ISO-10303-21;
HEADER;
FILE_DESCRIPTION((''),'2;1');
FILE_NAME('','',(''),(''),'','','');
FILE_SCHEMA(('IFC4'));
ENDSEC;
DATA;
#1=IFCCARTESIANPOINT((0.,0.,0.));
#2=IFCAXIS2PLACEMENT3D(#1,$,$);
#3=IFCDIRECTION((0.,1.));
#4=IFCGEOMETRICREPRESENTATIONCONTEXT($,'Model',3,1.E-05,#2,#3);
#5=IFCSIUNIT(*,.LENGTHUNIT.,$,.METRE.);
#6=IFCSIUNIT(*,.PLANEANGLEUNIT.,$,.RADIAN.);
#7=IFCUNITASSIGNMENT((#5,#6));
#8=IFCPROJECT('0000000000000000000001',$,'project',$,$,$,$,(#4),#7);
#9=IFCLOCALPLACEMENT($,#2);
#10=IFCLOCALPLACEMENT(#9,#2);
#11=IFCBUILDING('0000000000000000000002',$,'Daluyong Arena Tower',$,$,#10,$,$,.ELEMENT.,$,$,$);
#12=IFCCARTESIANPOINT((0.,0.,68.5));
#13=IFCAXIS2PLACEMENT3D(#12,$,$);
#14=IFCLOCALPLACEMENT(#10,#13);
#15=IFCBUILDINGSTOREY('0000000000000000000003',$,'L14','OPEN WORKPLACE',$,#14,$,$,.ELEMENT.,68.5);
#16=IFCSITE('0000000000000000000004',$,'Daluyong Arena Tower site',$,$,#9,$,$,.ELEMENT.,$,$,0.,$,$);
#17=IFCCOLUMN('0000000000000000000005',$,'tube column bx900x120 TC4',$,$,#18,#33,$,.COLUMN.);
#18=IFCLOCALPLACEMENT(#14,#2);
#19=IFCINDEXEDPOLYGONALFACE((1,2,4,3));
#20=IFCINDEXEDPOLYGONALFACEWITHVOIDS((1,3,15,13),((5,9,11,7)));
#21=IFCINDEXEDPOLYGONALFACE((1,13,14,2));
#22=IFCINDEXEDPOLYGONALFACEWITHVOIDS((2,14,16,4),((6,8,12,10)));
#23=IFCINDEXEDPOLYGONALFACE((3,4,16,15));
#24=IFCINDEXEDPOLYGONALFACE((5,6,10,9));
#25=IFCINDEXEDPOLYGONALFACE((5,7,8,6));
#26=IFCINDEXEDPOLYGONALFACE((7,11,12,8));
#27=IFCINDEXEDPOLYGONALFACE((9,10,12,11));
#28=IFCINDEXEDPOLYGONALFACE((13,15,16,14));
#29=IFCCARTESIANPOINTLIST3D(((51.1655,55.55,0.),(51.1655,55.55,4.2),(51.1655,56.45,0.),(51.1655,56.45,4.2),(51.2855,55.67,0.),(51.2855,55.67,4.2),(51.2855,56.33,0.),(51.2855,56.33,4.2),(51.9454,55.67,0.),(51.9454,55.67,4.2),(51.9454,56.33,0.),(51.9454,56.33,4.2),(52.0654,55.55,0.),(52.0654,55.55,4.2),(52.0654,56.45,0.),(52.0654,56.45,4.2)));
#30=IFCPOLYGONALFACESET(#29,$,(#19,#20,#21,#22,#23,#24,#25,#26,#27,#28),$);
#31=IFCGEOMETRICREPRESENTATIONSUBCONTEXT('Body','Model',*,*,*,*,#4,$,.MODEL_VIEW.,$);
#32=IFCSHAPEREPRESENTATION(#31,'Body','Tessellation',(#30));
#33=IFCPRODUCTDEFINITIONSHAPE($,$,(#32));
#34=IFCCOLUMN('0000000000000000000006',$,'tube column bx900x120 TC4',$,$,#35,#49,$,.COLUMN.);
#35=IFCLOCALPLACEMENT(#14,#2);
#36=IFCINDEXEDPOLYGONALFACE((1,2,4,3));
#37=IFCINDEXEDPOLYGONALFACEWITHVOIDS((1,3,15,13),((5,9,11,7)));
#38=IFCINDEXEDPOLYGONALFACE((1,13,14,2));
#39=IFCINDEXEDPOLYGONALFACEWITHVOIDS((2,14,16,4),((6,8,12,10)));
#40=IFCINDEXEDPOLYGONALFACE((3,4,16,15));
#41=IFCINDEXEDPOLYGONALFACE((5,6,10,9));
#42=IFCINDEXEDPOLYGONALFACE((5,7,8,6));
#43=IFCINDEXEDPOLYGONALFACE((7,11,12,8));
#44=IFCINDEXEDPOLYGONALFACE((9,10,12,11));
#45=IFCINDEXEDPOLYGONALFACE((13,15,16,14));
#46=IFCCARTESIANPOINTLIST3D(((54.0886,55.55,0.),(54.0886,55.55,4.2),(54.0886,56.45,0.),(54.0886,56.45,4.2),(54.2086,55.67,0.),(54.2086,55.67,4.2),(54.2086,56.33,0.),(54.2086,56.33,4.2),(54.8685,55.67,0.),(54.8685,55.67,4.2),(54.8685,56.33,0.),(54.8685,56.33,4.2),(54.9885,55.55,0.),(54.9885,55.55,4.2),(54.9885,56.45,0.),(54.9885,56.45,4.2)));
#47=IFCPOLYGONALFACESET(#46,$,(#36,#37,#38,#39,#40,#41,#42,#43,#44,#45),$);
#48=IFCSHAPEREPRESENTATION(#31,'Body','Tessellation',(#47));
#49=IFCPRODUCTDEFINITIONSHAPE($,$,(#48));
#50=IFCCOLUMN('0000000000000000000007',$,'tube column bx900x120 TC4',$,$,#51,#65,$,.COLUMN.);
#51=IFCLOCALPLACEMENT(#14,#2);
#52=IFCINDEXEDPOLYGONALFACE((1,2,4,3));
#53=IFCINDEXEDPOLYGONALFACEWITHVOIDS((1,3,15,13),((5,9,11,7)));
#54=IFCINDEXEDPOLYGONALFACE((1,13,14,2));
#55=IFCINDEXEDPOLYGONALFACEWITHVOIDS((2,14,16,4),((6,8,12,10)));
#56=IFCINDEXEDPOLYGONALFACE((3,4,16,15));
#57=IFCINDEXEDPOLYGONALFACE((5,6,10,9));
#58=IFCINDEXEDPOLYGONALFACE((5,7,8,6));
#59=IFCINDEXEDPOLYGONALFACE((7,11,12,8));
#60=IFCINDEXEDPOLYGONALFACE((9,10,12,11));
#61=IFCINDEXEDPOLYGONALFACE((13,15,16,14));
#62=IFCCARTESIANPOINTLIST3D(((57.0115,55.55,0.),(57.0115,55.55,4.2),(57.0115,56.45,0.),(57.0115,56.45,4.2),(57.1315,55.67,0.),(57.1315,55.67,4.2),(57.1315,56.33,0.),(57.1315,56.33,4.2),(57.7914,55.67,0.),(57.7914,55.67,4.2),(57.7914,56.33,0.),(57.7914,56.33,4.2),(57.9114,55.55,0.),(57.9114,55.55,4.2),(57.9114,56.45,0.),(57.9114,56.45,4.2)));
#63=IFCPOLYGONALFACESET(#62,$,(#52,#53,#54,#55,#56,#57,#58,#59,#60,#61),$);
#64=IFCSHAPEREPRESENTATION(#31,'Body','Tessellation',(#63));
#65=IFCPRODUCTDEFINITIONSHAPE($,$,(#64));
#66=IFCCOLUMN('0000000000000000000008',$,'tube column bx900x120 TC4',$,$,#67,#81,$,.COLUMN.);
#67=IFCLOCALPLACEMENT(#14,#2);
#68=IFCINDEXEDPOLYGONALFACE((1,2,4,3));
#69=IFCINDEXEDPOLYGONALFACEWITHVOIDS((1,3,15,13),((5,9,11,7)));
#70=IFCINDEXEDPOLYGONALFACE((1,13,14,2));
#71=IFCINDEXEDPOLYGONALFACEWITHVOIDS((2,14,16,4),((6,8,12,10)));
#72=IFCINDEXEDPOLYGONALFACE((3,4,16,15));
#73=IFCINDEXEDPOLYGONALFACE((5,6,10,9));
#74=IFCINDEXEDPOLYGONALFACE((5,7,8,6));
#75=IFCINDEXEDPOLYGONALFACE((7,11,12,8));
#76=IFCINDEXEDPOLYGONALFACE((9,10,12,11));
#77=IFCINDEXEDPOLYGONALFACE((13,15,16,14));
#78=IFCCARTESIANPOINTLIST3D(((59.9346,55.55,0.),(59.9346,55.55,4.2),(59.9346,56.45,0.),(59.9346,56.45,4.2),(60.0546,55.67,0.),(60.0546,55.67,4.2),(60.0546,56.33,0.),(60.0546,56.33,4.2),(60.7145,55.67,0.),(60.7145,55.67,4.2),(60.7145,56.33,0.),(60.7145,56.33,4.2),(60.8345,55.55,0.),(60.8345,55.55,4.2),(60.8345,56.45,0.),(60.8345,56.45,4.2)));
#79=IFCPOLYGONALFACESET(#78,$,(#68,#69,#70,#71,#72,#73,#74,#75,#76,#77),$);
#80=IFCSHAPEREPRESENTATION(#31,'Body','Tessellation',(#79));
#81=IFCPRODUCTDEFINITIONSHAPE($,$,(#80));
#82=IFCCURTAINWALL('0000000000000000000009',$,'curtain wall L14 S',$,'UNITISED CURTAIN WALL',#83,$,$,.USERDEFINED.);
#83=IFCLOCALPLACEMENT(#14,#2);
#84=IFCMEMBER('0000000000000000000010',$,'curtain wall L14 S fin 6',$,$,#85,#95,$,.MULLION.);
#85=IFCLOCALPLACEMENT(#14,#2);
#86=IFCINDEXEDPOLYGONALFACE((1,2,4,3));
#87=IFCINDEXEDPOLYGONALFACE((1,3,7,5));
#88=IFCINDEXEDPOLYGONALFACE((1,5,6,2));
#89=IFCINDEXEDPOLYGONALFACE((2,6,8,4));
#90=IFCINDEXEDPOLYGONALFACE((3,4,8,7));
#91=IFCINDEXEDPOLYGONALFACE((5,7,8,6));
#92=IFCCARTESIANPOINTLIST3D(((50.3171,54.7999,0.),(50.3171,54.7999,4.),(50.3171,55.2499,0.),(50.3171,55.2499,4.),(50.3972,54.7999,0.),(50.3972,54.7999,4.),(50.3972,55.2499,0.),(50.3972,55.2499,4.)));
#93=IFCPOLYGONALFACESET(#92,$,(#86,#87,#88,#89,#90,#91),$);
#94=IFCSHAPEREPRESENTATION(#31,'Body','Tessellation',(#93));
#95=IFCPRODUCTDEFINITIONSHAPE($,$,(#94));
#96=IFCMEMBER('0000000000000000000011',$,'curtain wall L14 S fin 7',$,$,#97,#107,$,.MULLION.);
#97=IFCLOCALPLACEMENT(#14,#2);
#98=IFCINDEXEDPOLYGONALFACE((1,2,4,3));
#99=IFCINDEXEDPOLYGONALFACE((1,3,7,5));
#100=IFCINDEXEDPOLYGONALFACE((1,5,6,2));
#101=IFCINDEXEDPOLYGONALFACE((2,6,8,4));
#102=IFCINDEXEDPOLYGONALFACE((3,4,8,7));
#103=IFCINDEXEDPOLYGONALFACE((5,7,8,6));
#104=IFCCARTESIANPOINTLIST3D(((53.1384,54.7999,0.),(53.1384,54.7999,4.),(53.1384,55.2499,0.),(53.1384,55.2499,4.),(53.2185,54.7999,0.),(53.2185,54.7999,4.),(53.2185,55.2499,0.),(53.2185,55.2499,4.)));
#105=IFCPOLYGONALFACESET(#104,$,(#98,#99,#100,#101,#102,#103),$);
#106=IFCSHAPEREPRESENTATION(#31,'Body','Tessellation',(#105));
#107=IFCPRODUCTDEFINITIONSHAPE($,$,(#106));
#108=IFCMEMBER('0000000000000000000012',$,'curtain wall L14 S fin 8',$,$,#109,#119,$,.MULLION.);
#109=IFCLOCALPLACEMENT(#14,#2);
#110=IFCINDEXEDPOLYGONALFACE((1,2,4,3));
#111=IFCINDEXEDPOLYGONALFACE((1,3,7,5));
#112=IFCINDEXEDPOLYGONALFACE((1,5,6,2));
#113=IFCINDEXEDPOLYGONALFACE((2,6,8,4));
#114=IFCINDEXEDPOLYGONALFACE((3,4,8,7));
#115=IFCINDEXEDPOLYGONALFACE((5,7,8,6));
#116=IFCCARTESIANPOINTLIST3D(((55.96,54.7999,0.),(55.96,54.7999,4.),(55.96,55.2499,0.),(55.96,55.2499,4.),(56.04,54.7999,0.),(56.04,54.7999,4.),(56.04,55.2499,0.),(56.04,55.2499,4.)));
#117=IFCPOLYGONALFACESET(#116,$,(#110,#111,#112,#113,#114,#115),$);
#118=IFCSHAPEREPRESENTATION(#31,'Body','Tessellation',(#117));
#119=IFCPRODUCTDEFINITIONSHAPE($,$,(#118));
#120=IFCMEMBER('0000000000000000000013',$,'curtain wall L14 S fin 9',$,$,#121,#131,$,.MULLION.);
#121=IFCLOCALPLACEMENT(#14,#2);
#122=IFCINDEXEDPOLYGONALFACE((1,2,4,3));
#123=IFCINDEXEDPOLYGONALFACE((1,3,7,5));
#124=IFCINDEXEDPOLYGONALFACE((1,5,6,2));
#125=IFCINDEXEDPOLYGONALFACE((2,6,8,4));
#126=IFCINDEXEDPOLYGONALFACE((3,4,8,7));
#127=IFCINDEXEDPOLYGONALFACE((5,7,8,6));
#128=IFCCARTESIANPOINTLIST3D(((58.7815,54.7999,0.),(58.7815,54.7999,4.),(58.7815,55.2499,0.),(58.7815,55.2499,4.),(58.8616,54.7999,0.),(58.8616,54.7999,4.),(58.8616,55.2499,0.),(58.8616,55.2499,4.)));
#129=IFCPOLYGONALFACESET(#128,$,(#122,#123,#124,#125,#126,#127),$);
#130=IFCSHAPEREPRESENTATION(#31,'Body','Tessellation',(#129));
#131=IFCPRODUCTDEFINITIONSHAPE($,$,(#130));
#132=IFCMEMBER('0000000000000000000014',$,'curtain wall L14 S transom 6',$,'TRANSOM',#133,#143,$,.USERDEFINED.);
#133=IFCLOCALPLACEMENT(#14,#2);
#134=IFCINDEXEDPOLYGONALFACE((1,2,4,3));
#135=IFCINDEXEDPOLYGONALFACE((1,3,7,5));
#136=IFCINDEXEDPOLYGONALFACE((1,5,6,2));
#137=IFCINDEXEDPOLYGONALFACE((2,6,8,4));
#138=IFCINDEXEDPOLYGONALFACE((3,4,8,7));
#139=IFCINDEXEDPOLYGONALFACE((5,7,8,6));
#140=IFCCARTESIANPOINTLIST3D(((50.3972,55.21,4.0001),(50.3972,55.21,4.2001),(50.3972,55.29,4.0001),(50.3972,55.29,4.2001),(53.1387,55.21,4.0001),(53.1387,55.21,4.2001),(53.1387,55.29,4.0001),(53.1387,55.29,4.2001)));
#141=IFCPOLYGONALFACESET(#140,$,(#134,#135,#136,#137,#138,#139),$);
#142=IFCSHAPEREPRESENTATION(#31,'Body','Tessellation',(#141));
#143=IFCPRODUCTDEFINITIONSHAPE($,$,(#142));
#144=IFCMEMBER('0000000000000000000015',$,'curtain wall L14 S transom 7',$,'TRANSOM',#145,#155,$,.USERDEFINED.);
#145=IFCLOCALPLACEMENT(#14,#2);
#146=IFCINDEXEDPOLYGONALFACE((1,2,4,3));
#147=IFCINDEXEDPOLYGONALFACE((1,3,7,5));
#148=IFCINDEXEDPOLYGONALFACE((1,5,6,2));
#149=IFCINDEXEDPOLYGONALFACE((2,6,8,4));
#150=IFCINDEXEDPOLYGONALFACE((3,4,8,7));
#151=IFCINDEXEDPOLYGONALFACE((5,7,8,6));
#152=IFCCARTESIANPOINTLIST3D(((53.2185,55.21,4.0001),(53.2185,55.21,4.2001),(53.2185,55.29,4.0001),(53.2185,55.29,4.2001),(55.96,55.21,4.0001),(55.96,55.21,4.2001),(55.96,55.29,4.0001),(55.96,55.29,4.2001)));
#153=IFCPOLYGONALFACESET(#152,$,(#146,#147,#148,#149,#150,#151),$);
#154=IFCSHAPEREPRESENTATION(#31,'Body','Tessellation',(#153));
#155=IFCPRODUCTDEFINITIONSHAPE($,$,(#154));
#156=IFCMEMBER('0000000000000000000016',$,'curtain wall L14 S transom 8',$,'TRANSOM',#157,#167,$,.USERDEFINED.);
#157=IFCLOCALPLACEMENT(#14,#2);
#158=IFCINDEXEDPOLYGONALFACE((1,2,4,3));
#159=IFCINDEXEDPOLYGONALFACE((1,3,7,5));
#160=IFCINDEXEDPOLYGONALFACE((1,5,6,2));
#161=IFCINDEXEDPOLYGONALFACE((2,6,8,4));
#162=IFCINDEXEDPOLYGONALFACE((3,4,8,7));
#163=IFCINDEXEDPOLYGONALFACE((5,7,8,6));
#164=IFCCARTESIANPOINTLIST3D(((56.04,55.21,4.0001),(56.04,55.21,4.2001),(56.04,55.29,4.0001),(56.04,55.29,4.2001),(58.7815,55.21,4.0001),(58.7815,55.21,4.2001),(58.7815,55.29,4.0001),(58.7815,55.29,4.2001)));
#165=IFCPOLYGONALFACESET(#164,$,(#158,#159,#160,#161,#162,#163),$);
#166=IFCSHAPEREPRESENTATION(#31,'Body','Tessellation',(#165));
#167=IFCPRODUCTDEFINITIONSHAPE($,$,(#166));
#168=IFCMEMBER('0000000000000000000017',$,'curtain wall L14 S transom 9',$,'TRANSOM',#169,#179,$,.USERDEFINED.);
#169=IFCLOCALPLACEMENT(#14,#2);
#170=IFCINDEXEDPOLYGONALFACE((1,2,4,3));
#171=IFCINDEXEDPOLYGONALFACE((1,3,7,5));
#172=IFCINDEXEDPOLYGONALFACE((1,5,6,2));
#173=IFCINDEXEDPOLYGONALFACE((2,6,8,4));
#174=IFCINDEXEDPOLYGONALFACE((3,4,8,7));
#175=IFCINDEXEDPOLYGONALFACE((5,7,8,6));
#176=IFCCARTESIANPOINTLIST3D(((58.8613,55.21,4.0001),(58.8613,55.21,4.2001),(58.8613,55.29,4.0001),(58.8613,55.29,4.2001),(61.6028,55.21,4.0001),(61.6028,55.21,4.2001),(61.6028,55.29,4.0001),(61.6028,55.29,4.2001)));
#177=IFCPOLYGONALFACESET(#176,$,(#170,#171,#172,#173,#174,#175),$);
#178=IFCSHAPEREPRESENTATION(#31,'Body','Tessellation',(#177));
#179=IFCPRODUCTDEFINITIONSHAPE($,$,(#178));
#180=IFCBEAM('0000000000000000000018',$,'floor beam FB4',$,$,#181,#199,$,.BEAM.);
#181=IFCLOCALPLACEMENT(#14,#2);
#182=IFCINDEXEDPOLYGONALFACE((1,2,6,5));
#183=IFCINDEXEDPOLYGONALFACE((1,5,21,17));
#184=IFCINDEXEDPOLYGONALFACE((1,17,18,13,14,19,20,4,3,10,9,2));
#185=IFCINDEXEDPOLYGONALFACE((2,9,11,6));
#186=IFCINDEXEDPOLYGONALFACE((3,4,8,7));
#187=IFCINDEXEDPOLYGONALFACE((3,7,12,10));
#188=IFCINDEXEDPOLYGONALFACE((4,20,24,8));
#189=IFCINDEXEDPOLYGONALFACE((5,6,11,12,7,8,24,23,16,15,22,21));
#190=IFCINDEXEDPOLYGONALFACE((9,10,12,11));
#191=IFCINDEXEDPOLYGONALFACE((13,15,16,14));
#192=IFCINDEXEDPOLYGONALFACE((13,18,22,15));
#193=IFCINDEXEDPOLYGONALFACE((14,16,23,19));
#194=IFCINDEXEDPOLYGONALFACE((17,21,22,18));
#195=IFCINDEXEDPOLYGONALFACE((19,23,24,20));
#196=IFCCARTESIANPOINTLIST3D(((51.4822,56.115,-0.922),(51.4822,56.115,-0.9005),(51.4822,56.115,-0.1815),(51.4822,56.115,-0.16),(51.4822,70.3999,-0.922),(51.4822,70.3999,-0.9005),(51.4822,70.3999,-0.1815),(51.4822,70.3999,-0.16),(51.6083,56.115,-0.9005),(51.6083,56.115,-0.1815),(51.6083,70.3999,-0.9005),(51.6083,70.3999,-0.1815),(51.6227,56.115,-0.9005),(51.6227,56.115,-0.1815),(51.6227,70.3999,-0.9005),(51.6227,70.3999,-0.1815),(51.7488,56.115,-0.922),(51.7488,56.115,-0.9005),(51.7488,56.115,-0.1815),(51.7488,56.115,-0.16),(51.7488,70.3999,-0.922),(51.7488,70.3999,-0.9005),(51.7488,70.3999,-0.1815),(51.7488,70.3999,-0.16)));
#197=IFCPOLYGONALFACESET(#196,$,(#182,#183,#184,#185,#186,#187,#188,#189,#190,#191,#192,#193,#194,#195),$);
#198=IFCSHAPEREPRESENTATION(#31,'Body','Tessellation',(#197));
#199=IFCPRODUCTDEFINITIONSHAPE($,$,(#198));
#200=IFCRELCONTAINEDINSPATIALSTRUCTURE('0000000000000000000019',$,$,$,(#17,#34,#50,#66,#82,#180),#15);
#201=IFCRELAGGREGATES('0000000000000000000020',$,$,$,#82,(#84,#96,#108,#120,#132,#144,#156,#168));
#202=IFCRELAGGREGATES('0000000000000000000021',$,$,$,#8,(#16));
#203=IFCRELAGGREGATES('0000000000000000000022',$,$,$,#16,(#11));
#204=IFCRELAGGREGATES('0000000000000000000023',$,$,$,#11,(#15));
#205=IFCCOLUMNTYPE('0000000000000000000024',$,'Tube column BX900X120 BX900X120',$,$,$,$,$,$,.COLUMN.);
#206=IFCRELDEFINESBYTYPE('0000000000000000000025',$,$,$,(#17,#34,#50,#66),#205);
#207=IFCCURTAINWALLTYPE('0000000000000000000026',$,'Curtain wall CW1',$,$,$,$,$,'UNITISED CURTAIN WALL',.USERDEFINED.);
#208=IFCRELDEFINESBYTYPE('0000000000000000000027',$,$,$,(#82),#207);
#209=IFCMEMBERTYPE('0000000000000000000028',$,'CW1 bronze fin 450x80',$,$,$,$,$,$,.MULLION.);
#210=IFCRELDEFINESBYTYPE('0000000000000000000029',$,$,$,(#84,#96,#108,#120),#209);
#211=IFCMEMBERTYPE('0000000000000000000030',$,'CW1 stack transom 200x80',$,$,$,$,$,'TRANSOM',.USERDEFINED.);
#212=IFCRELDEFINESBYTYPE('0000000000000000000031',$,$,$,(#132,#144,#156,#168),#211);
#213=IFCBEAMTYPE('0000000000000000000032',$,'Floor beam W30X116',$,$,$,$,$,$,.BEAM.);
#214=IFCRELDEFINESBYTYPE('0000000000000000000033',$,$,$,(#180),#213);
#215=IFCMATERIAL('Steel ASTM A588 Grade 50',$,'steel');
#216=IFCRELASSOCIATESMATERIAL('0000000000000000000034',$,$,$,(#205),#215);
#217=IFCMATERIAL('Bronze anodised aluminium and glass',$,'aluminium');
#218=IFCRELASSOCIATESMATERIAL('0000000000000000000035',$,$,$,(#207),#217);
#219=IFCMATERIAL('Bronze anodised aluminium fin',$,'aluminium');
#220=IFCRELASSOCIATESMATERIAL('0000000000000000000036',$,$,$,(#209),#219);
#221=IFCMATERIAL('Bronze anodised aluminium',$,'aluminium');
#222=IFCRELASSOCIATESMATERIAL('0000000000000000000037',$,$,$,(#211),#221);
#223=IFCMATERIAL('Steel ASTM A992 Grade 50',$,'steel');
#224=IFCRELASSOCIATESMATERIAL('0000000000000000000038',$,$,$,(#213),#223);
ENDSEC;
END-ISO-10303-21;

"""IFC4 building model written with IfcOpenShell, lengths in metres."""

from ifc_helpers import new_model, si_unit, direction, frame, origin, origin_2d, place, context, subcontext, project, spatial, rectangle, hollow_rectangle, i_section, extrude, material, material_profile, profile_set, type_object, element, aggregate, save


model = new_model("IFC4")

# Units and contexts
model_context = context("Model", 3, precision=1e-05, world=origin(), true_north=direction((0.0, 1.0)))
body_context = subcontext(model_context, "Body", "Model", "MODEL_VIEW")
ifc_project = project(units=[si_unit("LENGTHUNIT", "METRE"), si_unit("PLANEANGLEUNIT", "RADIAN")], contexts=[model_context])

# Site, building, storey
site_placement = place(None, origin())
site = spatial("IfcSite", under=ifc_project, at=site_placement, Name="Daluyong Arena Tower site", CompositionType="ELEMENT", RefElevation=0.0)
building_placement = place(site_placement, origin())
building = spatial("IfcBuilding", under=site, at=building_placement, Name="Daluyong Arena Tower", CompositionType="ELEMENT")
storey_placement = place(building_placement, frame((0.0, 0.0, 68.5)))
storey = spatial("IfcBuildingStorey", under=building, at=storey_placement, Name="L14", Description="OPEN WORKPLACE", CompositionType="ELEMENT", Elevation=68.5)

# Columns
ifc_material_1 = material(Name="Steel ASTM A588 Grade 50", Category="steel")
ifc_material_profile_1 = material_profile(ifc_material_1, hollow_rectangle(XDim=0.8999, YDim=0.8999, WallThickness=0.12, at=origin_2d()))
ifc_profile_set_1 = profile_set([ifc_material_profile_1], Name="Steel ASTM A588 Grade 50")
column_type = type_object("IfcColumnType", Name="Tube column BX900X120 BX900X120", PredefinedType="COLUMN", material=ifc_profile_set_1)
for number, where, z_axis, x_axis, name in (
    (1, (51.6155, 56.0, 0.0), (0.0, 0.0, 1.0), (1.0, 0.0, 0.0), "tube column bx900x120 TC4"),
    (2, (54.5386, 56.0, 0.0), (0.0, 0.0, 1.0), (1.0, 0.0, 0.0), "tube column bx900x120 TC4"),
    (3, (57.4614, 56.0, 0.0), (0.0, 0.0, 1.0), (1.0, 0.0, 0.0), "tube column bx900x120 TC4"),
    (4, (60.3845, 56.0, 0.0), (0.0, 0.0, 1.0), (1.0, 0.0, 0.0), "tube column bx900x120 TC4"),
):
    element("IfcColumn", number, at=place(storey_placement, frame(where, z_axis=z_axis, x_axis=x_axis)), inside=storey, type_object=column_type, Name=name, PredefinedType="COLUMN", context=body_context, shape_type="SweptSolid", body=[
        extrude(hollow_rectangle(XDim=0.8999, YDim=0.8999, WallThickness=0.12, at=origin_2d()), origin(), (0.0, 0.0, 1.0), 4.2),
    ])

# Curtain wall, members
ifc_material_2 = material(Name="Bronze anodised aluminium and glass", Category="aluminium")
curtain_wall_type = type_object("IfcCurtainWallType", Name="Curtain wall CW1", ElementType="UNITISED CURTAIN WALL", PredefinedType="USERDEFINED", material=ifc_material_2)
curtain_wall_placement = place(storey_placement, origin())
curtain_wall = element("IfcCurtainWall", 5, at=curtain_wall_placement, inside=storey, type_object=curtain_wall_type, Name="curtain wall L14 S", ObjectType="UNITISED CURTAIN WALL", PredefinedType="USERDEFINED")
ifc_material_3 = material(Name="Bronze anodised aluminium fin", Category="aluminium")
ifc_material_profile_2 = material_profile(ifc_material_3, rectangle(XDim=0.45, YDim=0.0801, at=origin_2d()))
ifc_profile_set_2 = profile_set([ifc_material_profile_2], Name="Bronze anodised aluminium fin")
member_type_1 = type_object("IfcMemberType", Name="CW1 bronze fin 450x80", PredefinedType="MULLION", material=ifc_profile_set_2)
member_1_placement = place(storey_placement, frame((50.3572, 55.0249, 0.0), z_axis=(0.0, 0.0, 1.0), x_axis=(0.0, 1.0, 0.0)))
member_1 = element("IfcMember", 6, at=member_1_placement, type_object=member_type_1, Name="curtain wall L14 S fin 6", PredefinedType="MULLION", context=body_context, shape_type="SweptSolid", body=[
    extrude(rectangle(XDim=0.45, YDim=0.0801, at=origin_2d()), origin(), (0.0, 0.0, 1.0), 4.0),
])
member_2_placement = place(storey_placement, frame((53.1785, 55.0249, 0.0), z_axis=(0.0, 0.0, 1.0), x_axis=(0.0, 1.0, 0.0)))
member_2 = element("IfcMember", 7, at=member_2_placement, type_object=member_type_1, Name="curtain wall L14 S fin 7", PredefinedType="MULLION", context=body_context, shape_type="SweptSolid", body=[
    extrude(rectangle(XDim=0.45, YDim=0.0801, at=origin_2d()), origin(), (0.0, 0.0, 1.0), 4.0),
])
member_3_placement = place(storey_placement, frame((56.0, 55.0249, 0.0), z_axis=(0.0, 0.0, 1.0), x_axis=(0.0, 1.0, 0.0)))
member_3 = element("IfcMember", 8, at=member_3_placement, type_object=member_type_1, Name="curtain wall L14 S fin 8", PredefinedType="MULLION", context=body_context, shape_type="SweptSolid", body=[
    extrude(rectangle(XDim=0.45, YDim=0.0801, at=origin_2d()), origin(), (0.0, 0.0, 1.0), 4.0),
])
member_4_placement = place(storey_placement, frame((58.8215, 55.0249, 0.0), z_axis=(0.0, 0.0, 1.0), x_axis=(0.0, 1.0, 0.0)))
member_4 = element("IfcMember", 9, at=member_4_placement, type_object=member_type_1, Name="curtain wall L14 S fin 9", PredefinedType="MULLION", context=body_context, shape_type="SweptSolid", body=[
    extrude(rectangle(XDim=0.45, YDim=0.0801, at=origin_2d()), origin(), (0.0, 0.0, 1.0), 4.0),
])
ifc_material_4 = material(Name="Bronze anodised aluminium", Category="aluminium")
ifc_material_profile_3 = material_profile(ifc_material_4, rectangle(XDim=0.0801, YDim=0.2, at=origin_2d()))
ifc_profile_set_3 = profile_set([ifc_material_profile_3], Name="Bronze anodised aluminium")
member_type_2 = type_object("IfcMemberType", Name="CW1 stack transom 200x80", ElementType="TRANSOM", PredefinedType="USERDEFINED", material=ifc_profile_set_3)
member_5_placement = place(storey_placement, frame((50.3972, 55.25, 4.1001), z_axis=(1.0, 0.0, 0.0), x_axis=(0.0, 1.0, 0.0)))
member_5 = element("IfcMember", 10, at=member_5_placement, type_object=member_type_2, Name="curtain wall L14 S transom 6", ObjectType="TRANSOM", PredefinedType="USERDEFINED", context=body_context, shape_type="SweptSolid", body=[
    extrude(rectangle(XDim=0.0801, YDim=0.2, at=origin_2d()), origin(), (0.0, 0.0, 1.0), 2.7415),
])
member_6_placement = place(storey_placement, frame((53.2185, 55.25, 4.1001), z_axis=(1.0, 0.0, 0.0), x_axis=(0.0, 1.0, 0.0)))
member_6 = element("IfcMember", 11, at=member_6_placement, type_object=member_type_2, Name="curtain wall L14 S transom 7", ObjectType="TRANSOM", PredefinedType="USERDEFINED", context=body_context, shape_type="SweptSolid", body=[
    extrude(rectangle(XDim=0.0801, YDim=0.2, at=origin_2d()), origin(), (0.0, 0.0, 1.0), 2.7415),
])
member_7_placement = place(storey_placement, frame((56.04, 55.25, 4.1001), z_axis=(1.0, 0.0, 0.0), x_axis=(0.0, 1.0, 0.0)))
member_7 = element("IfcMember", 12, at=member_7_placement, type_object=member_type_2, Name="curtain wall L14 S transom 8", ObjectType="TRANSOM", PredefinedType="USERDEFINED", context=body_context, shape_type="SweptSolid", body=[
    extrude(rectangle(XDim=0.0801, YDim=0.2, at=origin_2d()), origin(), (0.0, 0.0, 1.0), 2.7415),
])
member_8_placement = place(storey_placement, frame((58.8613, 55.25, 4.1001), z_axis=(1.0, 0.0, 0.0), x_axis=(0.0, 1.0, 0.0)))
member_8 = element("IfcMember", 13, at=member_8_placement, type_object=member_type_2, Name="curtain wall L14 S transom 9", ObjectType="TRANSOM", PredefinedType="USERDEFINED", context=body_context, shape_type="SweptSolid", body=[
    extrude(rectangle(XDim=0.0801, YDim=0.2, at=origin_2d()), origin(), (0.0, 0.0, 1.0), 2.7415),
])

# Beam
ifc_material_5 = material(Name="Steel ASTM A992 Grade 50", Category="steel")
ifc_material_profile_4 = material_profile(ifc_material_5, i_section(OverallWidth=0.2666, OverallDepth=0.762, WebThickness=0.0144, FlangeThickness=0.0215, at=origin_2d()))
ifc_profile_set_4 = profile_set([ifc_material_profile_4], Name="Steel ASTM A992 Grade 50")
beam_type_1 = type_object("IfcBeamType", Name="Floor beam W30X116", PredefinedType="BEAM", material=ifc_profile_set_4)
for number, where, z_axis, x_axis, name in (
    (14, (51.6155, 56.115, -0.541), (0.0, 1.0, 0.0), (-1.0, 0.0, 0.0), "floor beam FB4"),
):
    element("IfcBeam", number, at=place(storey_placement, frame(where, z_axis=z_axis, x_axis=x_axis)), inside=storey, type_object=beam_type_1, Name=name, PredefinedType="BEAM", context=body_context, shape_type="SweptSolid", body=[
        extrude(i_section(OverallWidth=0.2666, OverallDepth=0.762, WebThickness=0.0144, FlangeThickness=0.0215, at=origin_2d()), origin(), (0.0, 0.0, 1.0), 14.2849),
    ])

aggregate(curtain_wall, [member_1, member_2, member_3, member_4, member_5, member_6, member_7, member_8])

save(model, "model.ifc")
